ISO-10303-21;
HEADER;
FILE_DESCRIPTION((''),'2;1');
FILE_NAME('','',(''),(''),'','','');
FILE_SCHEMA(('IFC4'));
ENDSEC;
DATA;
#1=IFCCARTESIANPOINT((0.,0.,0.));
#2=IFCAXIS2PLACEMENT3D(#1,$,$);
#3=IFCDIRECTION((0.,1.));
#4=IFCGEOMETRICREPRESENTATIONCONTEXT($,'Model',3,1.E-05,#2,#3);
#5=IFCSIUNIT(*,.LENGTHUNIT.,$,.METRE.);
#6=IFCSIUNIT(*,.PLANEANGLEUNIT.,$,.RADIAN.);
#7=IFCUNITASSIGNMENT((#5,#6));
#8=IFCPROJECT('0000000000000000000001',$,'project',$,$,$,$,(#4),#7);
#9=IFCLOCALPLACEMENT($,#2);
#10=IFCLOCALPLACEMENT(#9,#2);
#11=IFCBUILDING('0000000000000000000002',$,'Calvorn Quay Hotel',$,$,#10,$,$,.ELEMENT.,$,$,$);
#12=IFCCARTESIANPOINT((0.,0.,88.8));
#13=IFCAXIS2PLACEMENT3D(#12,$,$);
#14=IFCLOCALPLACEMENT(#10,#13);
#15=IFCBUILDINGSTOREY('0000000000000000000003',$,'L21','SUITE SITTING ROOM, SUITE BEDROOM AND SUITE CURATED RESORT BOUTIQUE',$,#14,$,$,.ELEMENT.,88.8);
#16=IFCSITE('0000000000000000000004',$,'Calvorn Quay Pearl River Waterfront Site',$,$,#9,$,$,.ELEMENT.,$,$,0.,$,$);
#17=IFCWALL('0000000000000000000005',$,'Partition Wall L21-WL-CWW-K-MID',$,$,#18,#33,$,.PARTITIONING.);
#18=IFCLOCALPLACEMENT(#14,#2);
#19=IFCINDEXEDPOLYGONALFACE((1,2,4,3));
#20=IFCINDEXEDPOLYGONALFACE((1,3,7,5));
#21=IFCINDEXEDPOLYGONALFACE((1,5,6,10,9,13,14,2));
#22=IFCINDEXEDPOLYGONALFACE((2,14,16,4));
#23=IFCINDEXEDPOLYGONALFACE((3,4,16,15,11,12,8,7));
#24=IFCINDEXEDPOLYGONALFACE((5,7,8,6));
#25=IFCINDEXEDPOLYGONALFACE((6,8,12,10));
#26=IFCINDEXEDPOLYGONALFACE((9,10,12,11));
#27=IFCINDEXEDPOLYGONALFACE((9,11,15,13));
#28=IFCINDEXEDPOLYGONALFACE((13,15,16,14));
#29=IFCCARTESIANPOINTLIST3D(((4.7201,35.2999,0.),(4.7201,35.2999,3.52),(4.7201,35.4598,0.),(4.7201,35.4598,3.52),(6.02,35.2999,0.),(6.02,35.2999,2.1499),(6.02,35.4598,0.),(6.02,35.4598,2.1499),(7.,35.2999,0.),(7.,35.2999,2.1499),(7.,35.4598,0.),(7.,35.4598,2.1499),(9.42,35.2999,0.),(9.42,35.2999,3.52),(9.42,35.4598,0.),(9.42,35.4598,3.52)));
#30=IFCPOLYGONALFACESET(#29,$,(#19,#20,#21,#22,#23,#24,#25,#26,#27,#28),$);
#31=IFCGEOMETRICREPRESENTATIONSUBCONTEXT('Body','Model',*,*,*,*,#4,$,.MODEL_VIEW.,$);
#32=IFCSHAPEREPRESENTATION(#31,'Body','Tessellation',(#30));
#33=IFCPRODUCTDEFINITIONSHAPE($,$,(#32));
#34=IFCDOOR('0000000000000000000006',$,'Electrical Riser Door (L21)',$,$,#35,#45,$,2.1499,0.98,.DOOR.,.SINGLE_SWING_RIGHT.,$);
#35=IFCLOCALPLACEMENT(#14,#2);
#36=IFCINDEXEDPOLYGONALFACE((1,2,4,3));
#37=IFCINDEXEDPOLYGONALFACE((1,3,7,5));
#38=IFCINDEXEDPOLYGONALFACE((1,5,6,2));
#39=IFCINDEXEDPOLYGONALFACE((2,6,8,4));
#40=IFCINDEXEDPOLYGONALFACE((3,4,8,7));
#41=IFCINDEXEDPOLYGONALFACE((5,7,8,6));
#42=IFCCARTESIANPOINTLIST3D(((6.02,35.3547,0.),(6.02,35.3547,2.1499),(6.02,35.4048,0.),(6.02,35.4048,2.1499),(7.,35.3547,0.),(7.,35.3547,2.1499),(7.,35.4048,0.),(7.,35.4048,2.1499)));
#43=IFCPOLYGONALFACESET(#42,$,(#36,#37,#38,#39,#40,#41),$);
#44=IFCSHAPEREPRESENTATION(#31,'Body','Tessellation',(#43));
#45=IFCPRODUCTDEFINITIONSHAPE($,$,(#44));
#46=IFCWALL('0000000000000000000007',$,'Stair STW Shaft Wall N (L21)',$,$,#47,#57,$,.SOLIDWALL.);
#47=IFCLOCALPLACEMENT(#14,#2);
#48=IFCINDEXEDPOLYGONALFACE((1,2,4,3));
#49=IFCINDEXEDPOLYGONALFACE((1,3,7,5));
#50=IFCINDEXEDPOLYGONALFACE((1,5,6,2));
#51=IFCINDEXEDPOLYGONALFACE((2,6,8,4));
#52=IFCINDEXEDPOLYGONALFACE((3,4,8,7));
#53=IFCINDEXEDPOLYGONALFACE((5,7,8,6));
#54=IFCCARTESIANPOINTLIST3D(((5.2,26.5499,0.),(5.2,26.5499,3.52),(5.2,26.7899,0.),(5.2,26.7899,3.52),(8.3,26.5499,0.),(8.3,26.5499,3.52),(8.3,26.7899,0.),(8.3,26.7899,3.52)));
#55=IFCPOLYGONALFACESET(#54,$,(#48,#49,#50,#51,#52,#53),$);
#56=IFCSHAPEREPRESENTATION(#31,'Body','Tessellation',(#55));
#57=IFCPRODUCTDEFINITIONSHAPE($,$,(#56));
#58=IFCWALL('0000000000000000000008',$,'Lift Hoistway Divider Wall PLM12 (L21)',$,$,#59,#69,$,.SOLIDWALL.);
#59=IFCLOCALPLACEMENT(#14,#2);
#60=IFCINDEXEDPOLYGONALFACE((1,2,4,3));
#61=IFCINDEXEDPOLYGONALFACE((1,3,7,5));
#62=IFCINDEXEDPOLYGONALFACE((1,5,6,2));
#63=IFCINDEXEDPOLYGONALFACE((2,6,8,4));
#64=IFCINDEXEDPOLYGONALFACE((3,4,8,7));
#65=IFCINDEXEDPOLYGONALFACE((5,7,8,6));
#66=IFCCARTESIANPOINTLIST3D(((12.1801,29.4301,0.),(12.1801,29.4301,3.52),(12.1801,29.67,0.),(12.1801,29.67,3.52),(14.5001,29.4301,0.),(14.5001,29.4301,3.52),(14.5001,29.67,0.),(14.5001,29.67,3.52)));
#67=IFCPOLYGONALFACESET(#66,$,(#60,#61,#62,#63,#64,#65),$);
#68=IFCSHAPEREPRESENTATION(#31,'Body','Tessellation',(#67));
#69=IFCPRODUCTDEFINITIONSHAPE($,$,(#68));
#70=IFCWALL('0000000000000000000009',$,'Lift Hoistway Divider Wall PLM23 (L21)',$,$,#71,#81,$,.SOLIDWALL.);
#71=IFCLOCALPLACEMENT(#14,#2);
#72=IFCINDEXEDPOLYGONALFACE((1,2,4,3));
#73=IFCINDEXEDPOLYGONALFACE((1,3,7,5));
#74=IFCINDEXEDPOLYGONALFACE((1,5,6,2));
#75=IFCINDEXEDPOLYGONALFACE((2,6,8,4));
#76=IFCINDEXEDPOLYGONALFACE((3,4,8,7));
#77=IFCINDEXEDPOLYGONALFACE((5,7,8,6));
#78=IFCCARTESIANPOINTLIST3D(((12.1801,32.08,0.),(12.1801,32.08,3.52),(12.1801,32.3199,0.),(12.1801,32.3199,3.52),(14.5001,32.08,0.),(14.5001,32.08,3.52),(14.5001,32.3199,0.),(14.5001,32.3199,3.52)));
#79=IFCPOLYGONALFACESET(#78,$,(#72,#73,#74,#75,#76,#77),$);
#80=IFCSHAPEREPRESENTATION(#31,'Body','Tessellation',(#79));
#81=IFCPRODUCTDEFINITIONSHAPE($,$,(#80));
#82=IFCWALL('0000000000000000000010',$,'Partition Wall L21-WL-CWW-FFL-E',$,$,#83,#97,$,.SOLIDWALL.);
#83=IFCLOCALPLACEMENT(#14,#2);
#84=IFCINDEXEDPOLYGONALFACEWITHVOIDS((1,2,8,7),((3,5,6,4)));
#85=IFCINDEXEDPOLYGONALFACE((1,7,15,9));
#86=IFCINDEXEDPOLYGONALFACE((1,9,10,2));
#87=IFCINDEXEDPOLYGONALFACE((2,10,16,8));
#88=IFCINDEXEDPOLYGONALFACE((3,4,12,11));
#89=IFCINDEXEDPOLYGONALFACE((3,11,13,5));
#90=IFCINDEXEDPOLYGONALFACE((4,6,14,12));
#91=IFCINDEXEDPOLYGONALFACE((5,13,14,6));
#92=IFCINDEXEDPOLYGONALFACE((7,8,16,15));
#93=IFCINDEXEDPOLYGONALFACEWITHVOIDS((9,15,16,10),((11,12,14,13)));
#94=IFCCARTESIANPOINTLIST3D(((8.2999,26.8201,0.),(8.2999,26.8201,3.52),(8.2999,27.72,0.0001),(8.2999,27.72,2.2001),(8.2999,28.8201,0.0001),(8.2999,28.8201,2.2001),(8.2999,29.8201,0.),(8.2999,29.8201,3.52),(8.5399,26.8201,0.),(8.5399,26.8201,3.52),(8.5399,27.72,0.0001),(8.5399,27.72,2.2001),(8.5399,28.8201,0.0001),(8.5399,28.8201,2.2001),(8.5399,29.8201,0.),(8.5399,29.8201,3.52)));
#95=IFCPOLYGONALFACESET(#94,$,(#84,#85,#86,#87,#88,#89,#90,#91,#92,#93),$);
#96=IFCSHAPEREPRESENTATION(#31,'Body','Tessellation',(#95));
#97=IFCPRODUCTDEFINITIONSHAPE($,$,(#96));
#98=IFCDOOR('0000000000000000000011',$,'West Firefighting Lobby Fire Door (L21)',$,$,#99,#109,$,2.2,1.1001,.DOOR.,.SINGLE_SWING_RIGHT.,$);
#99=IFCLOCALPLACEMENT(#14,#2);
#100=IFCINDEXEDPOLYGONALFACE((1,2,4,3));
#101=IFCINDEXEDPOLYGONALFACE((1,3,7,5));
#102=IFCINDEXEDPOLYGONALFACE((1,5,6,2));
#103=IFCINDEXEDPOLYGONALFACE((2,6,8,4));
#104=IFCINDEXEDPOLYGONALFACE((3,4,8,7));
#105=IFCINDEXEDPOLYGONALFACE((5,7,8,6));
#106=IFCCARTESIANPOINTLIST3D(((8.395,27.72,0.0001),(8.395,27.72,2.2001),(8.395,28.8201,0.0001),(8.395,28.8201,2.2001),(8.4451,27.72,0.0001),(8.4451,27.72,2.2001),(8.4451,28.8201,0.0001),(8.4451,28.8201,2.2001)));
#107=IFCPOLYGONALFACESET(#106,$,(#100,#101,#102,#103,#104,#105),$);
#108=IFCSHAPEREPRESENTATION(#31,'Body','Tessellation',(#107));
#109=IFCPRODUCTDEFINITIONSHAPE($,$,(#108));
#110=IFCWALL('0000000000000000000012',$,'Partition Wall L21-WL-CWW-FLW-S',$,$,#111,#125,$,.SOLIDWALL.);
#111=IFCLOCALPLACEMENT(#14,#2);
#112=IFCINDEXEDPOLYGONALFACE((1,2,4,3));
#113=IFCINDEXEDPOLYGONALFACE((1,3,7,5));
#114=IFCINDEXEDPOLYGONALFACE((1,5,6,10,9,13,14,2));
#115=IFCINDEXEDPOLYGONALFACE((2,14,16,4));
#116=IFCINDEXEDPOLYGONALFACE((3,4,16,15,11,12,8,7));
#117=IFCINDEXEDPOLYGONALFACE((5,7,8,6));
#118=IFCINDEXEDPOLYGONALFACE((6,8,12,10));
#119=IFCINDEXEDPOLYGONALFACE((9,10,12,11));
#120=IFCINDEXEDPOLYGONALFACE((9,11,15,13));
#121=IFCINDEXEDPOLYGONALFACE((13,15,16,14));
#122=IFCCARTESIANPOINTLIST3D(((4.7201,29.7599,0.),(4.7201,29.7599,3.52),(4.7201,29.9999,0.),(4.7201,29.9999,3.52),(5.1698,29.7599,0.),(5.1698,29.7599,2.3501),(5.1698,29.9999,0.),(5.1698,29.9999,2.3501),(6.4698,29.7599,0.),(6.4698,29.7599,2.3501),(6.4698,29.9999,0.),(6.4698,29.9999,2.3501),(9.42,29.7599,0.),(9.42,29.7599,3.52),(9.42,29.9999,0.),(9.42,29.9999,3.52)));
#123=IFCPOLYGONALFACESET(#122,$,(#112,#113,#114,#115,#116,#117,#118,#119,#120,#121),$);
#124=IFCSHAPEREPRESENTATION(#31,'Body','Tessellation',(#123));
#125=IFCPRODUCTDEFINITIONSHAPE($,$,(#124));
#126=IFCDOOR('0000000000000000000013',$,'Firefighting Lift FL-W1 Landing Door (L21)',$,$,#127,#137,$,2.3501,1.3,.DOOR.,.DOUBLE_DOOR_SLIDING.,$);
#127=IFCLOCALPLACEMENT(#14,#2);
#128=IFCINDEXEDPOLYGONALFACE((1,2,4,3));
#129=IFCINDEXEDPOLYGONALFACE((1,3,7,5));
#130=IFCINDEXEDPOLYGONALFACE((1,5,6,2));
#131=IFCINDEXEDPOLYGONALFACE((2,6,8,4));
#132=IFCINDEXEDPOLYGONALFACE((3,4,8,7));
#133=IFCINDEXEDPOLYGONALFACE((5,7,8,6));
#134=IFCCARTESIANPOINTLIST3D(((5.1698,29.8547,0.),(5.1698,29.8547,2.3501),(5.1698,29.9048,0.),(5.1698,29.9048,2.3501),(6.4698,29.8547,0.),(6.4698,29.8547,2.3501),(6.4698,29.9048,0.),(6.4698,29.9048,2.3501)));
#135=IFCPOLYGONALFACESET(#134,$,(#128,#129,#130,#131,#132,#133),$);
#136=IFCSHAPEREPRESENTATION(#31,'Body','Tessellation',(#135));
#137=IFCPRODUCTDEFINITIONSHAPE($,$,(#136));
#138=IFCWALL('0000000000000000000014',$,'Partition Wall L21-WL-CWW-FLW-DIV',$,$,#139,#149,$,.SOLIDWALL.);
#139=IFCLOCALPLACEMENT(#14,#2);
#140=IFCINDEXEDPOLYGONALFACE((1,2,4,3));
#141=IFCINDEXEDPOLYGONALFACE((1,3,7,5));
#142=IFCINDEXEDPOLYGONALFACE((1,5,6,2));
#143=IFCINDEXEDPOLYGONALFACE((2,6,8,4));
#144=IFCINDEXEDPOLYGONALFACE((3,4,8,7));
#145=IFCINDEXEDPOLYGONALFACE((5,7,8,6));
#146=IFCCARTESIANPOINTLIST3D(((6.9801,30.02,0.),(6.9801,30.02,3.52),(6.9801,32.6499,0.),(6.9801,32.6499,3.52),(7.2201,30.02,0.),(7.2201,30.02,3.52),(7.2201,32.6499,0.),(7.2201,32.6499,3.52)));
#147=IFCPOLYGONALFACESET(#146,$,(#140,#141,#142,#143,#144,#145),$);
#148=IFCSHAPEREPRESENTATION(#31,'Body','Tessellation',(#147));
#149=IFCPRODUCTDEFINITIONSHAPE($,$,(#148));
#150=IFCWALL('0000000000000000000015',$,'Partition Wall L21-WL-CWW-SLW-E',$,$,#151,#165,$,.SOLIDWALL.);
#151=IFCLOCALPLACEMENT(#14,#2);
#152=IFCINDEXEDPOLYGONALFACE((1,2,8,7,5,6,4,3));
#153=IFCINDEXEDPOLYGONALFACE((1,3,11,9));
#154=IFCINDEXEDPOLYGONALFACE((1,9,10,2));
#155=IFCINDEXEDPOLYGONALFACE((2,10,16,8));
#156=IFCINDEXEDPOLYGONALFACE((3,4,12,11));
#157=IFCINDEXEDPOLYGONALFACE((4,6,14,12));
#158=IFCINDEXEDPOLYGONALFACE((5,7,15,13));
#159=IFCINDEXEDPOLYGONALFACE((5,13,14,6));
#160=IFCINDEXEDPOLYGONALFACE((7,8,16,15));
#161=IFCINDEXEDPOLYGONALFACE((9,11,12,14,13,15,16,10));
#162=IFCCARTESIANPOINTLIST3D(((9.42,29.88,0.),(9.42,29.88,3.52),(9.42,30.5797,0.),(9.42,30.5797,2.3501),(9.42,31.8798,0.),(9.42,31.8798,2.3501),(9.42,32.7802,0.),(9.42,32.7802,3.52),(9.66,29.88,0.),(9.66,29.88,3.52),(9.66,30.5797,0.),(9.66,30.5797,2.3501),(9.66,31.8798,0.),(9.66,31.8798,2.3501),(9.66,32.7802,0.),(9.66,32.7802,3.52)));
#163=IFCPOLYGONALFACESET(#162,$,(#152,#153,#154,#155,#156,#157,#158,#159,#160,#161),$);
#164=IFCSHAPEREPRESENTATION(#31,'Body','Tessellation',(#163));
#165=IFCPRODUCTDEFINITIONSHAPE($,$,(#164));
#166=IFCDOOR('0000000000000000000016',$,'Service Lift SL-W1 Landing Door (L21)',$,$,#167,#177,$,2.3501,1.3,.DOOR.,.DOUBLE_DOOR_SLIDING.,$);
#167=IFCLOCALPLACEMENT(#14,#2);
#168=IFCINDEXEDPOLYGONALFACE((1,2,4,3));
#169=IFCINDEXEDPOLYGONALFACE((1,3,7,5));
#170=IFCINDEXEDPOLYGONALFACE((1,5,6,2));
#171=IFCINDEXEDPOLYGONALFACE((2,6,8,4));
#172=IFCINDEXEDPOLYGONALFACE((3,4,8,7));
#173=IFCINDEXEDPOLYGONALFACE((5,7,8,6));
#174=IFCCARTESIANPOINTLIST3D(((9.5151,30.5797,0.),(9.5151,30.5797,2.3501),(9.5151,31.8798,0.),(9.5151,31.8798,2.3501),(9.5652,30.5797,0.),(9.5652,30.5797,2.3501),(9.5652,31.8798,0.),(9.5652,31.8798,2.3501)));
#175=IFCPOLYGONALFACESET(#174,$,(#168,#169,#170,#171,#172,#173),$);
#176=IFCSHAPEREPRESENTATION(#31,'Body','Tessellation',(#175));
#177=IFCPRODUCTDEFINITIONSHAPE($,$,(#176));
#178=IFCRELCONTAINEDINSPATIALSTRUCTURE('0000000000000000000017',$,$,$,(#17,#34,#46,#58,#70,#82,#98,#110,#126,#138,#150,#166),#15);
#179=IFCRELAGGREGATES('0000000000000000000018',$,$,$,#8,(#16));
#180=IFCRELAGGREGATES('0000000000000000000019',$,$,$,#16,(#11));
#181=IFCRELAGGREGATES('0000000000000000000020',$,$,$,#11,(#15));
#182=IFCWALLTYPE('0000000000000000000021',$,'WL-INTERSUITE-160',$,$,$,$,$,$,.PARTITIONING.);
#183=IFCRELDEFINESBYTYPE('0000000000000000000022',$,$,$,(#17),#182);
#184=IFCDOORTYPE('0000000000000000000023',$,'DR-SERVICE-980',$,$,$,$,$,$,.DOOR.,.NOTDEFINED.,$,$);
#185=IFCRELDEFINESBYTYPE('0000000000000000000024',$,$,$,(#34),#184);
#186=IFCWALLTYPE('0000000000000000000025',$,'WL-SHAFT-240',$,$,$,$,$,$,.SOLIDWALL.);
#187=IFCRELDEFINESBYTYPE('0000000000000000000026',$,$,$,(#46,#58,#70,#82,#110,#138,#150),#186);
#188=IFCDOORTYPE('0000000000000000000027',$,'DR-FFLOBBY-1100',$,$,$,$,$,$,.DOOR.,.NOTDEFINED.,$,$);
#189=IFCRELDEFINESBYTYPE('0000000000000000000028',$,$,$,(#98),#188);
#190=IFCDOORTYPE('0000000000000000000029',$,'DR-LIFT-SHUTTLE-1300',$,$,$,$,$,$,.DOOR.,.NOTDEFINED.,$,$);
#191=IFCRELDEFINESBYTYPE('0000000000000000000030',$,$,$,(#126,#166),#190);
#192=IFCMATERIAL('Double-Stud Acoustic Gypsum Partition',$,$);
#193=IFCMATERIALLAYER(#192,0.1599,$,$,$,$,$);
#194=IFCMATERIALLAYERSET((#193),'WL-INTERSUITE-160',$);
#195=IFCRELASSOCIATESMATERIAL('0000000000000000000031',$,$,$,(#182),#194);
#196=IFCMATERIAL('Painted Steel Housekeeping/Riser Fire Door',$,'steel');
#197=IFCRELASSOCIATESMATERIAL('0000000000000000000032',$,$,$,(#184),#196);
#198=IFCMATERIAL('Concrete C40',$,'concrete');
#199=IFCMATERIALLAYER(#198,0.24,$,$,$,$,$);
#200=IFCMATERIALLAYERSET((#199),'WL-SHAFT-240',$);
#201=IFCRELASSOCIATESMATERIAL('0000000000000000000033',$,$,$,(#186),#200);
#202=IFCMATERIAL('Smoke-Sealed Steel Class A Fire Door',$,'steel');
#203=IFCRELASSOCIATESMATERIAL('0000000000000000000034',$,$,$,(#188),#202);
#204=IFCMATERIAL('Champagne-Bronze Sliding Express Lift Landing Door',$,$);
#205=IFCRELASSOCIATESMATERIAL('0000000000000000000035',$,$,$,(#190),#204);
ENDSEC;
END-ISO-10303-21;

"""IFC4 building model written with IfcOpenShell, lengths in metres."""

from ifc_helpers import new_model, si_unit, direction, frame, frame_2d, origin, place, context, subcontext, project, spatial, rectangle, extrude, material, layer, layer_set, type_object, element, fill, save


model = new_model("IFC4")

# Units and contexts
model_context = context("Model", 3, precision=1e-05, world=origin(), true_north=direction((0.0, 1.0)))
body_context = subcontext(model_context, "Body", "Model", "MODEL_VIEW")
ifc_project = project(units=[si_unit("LENGTHUNIT", "METRE"), si_unit("PLANEANGLEUNIT", "RADIAN")], contexts=[model_context])

# Site, building, storey
site_placement = place(None, origin())
site = spatial("IfcSite", under=ifc_project, at=site_placement, Name="Calvorn Quay Pearl River Waterfront Site", CompositionType="ELEMENT", RefElevation=0.0)
building_placement = place(site_placement, origin())
building = spatial("IfcBuilding", under=site, at=building_placement, Name="Calvorn Quay Hotel", CompositionType="ELEMENT")
storey_placement = place(building_placement, frame((0.0, 0.0, 88.8)))
storey = spatial("IfcBuildingStorey", under=building, at=storey_placement, Name="L21", Description="SUITE SITTING ROOM, SUITE BEDROOM AND SUITE CURATED RESORT BOUTIQUE", CompositionType="ELEMENT", Elevation=88.8)

# Wall, opening, door
ifc_material_1 = material(Name="Double-Stud Acoustic Gypsum Partition")
ifc_layer_1 = layer(ifc_material_1, 0.1599)
ifc_layer_set_1 = layer_set([ifc_layer_1], Name="WL-INTERSUITE-160")
wall_type_1 = type_object("IfcWallType", Name="WL-INTERSUITE-160", PredefinedType="PARTITIONING", material=ifc_layer_set_1)
wall_1_placement = place(storey_placement, frame((4.72, 35.3799, 0.0), z_axis=(0.0, 0.0, 1.0), x_axis=(1.0, 0.0, 0.0)))
wall_1 = element("IfcWall", 1, at=wall_1_placement, inside=storey, type_object=wall_type_1, Name="Partition Wall L21-WL-CWW-K-MID", PredefinedType="PARTITIONING", context=body_context, shape_type="SweptSolid", body=[
    extrude(rectangle(XDim=4.7, YDim=0.1599, at=frame_2d((2.3501, 0.0))), origin(), (0.0, 0.0, 1.0), 3.52),
])
opening_1_placement = place(wall_1_placement, frame((1.3, 0.0, 0.0)))
opening_1 = element("IfcOpeningElement", 2, at=opening_1_placement, cuts=wall_1, PredefinedType="OPENING", context=body_context, shape_type="SweptSolid", body=[
    extrude(rectangle(XDim=0.98, YDim=2.1499, at=frame_2d((0.49, 1.075))), frame((0.0, 0.0898, 0.0), z_axis=(0.0, -1.0, 0.0), x_axis=(1.0, 0.0, 0.0)), (0.0, 0.0, 1.0), 0.1799),
])
ifc_material_2 = material(Name="Painted Steel Housekeeping/Riser Fire Door", Category="steel")
door_type_1 = type_object("IfcDoorType", Name="DR-SERVICE-980", OperationType="NOTDEFINED", PredefinedType="DOOR", material=ifc_material_2)
door_1_placement = place(opening_1_placement, origin())
door_1 = element("IfcDoor", 3, at=door_1_placement, inside=storey, type_object=door_type_1, Name="Electrical Riser Door (L21)", OperationType="SINGLE_SWING_RIGHT", OverallHeight=2.1499, OverallWidth=0.98, PredefinedType="DOOR", context=body_context, shape_type="SweptSolid", body=[
    extrude(rectangle(XDim=0.98, YDim=2.1499, at=frame_2d((0.49, 1.075))), frame((0.0, 0.0249, 0.0), z_axis=(0.0, -1.0, 0.0), x_axis=(1.0, 0.0, 0.0)), (0.0, 0.0, 1.0), 0.05),
])
fill(opening_1, door_1)

# Walls
ifc_material_3 = material(Name="Concrete C40", Category="concrete")
ifc_layer_2 = layer(ifc_material_3, 0.24)
ifc_layer_set_2 = layer_set([ifc_layer_2], Name="WL-SHAFT-240")
wall_type_2 = type_object("IfcWallType", Name="WL-SHAFT-240", PredefinedType="SOLIDWALL", material=ifc_layer_set_2)
wall_2_placement = place(storey_placement, frame((5.2, 26.6699, 0.0), z_axis=(0.0, 0.0, 1.0), x_axis=(1.0, 0.0, 0.0)))
element("IfcWall", 4, at=wall_2_placement, inside=storey, type_object=wall_type_2, Name="Stair STW Shaft Wall N (L21)", PredefinedType="SOLIDWALL", context=body_context, shape_type="SweptSolid", body=[
    extrude(rectangle(XDim=3.1001, YDim=0.24, at=frame_2d((1.55, 0.0))), origin(), (0.0, 0.0, 1.0), 3.52),
])
for number, where, z_axis, x_axis, name in (
    (5, (12.1799, 29.55, 0.0), (0.0, 0.0, 1.0), (1.0, 0.0, 0.0), "Lift Hoistway Divider Wall PLM12 (L21)"),
    (6, (12.1799, 32.2, 0.0), (0.0, 0.0, 1.0), (1.0, 0.0, 0.0), "Lift Hoistway Divider Wall PLM23 (L21)"),
):
    element("IfcWall", number, at=place(storey_placement, frame(where, z_axis=z_axis, x_axis=x_axis)), inside=storey, type_object=wall_type_2, Name=name, PredefinedType="SOLIDWALL", context=body_context, shape_type="SweptSolid", body=[
        extrude(rectangle(XDim=2.3201, YDim=0.24, at=frame_2d((1.1602, 0.0))), origin(), (0.0, 0.0, 1.0), 3.52),
    ])

# Walls, openings, doors
wall_3_placement = place(storey_placement, frame((8.4199, 26.8201, 0.0), z_axis=(0.0, 0.0, 1.0), x_axis=(0.0, 1.0, 0.0)))
wall_3 = element("IfcWall", 7, at=wall_3_placement, inside=storey, type_object=wall_type_2, Name="Partition Wall L21-WL-CWW-FFL-E", PredefinedType="SOLIDWALL", context=body_context, shape_type="SweptSolid", body=[
    extrude(rectangle(XDim=3.0, YDim=0.24, at=frame_2d((1.5, 0.0))), origin(), (0.0, 0.0, 1.0), 3.52),
])
opening_2_placement = place(wall_3_placement, frame((0.8999, 0.0, 0.0)))
opening_2 = element("IfcOpeningElement", 8, at=opening_2_placement, cuts=wall_3, PredefinedType="OPENING", context=body_context, shape_type="SweptSolid", body=[
    extrude(rectangle(XDim=1.1001, YDim=2.2, at=frame_2d((0.55, 1.1001))), frame((0.0, 0.1299, 0.0), z_axis=(0.0, -1.0, 0.0), x_axis=(1.0, 0.0, 0.0)), (0.0, 0.0, 1.0), 0.26),
])
ifc_material_4 = material(Name="Smoke-Sealed Steel Class A Fire Door", Category="steel")
door_type_2 = type_object("IfcDoorType", Name="DR-FFLOBBY-1100", OperationType="NOTDEFINED", PredefinedType="DOOR", material=ifc_material_4)
door_2_placement = place(opening_2_placement, origin())
door_2 = element("IfcDoor", 9, at=door_2_placement, inside=storey, type_object=door_type_2, Name="West Firefighting Lobby Fire Door (L21)", OperationType="SINGLE_SWING_RIGHT", OverallHeight=2.2, OverallWidth=1.1001, PredefinedType="DOOR", context=body_context, shape_type="SweptSolid", body=[
    extrude(rectangle(XDim=1.1001, YDim=2.2, at=frame_2d((0.55, 1.1001))), frame((0.0, 0.0249, 0.0), z_axis=(0.0, -1.0, 0.0), x_axis=(1.0, 0.0, 0.0)), (0.0, 0.0, 1.0), 0.05),
])
fill(opening_2, door_2)
wall_4_placement = place(storey_placement, frame((4.72, 29.8799, 0.0), z_axis=(0.0, 0.0, 1.0), x_axis=(1.0, 0.0, 0.0)))
wall_4 = element("IfcWall", 10, at=wall_4_placement, inside=storey, type_object=wall_type_2, Name="Partition Wall L21-WL-CWW-FLW-S", PredefinedType="SOLIDWALL", context=body_context, shape_type="SweptSolid", body=[
    extrude(rectangle(XDim=4.7, YDim=0.24, at=frame_2d((2.3501, 0.0))), origin(), (0.0, 0.0, 1.0), 3.52),
])
opening_3_placement = place(wall_4_placement, frame((0.45, 0.0, 0.0)))
opening_3 = element("IfcOpeningElement", 11, at=opening_3_placement, cuts=wall_4, PredefinedType="OPENING", context=body_context, shape_type="SweptSolid", body=[
    extrude(rectangle(XDim=1.3, YDim=2.3501, at=frame_2d((0.6499, 1.175))), frame((0.0, 0.1299, 0.0), z_axis=(0.0, -1.0, 0.0), x_axis=(1.0, 0.0, 0.0)), (0.0, 0.0, 1.0), 0.26),
])
ifc_material_5 = material(Name="Champagne-Bronze Sliding Express Lift Landing Door")
door_type_3 = type_object("IfcDoorType", Name="DR-LIFT-SHUTTLE-1300", OperationType="NOTDEFINED", PredefinedType="DOOR", material=ifc_material_5)
door_3_placement = place(opening_3_placement, origin())
door_3 = element("IfcDoor", 12, at=door_3_placement, inside=storey, type_object=door_type_3, Name="Firefighting Lift FL-W1 Landing Door (L21)", OperationType="DOUBLE_DOOR_SLIDING", OverallHeight=2.3501, OverallWidth=1.3, PredefinedType="DOOR", context=body_context, shape_type="SweptSolid", body=[
    extrude(rectangle(XDim=1.3, YDim=2.3501, at=frame_2d((0.6499, 1.175))), frame((0.0, 0.0249, 0.0), z_axis=(0.0, -1.0, 0.0), x_axis=(1.0, 0.0, 0.0)), (0.0, 0.0, 1.0), 0.05),
])
fill(opening_3, door_3)

# Wall
wall_5_placement = place(storey_placement, frame((7.1001, 30.02, 0.0), z_axis=(0.0, 0.0, 1.0), x_axis=(0.0, 1.0, 0.0)))
element("IfcWall", 13, at=wall_5_placement, inside=storey, type_object=wall_type_2, Name="Partition Wall L21-WL-CWW-FLW-DIV", PredefinedType="SOLIDWALL", context=body_context, shape_type="SweptSolid", body=[
    extrude(rectangle(XDim=2.6299, YDim=0.24, at=frame_2d((1.3149, 0.0))), origin(), (0.0, 0.0, 1.0), 3.52),
])

# Wall, opening, door
wall_6_placement = place(storey_placement, frame((9.54, 29.8799, 0.0), z_axis=(0.0, 0.0, 1.0), x_axis=(0.0, 1.0, 0.0)))
wall_6 = element("IfcWall", 14, at=wall_6_placement, inside=storey, type_object=wall_type_2, Name="Partition Wall L21-WL-CWW-SLW-E", PredefinedType="SOLIDWALL", context=body_context, shape_type="SweptSolid", body=[
    extrude(rectangle(XDim=2.9001, YDim=0.24, at=frame_2d((1.4502, 0.0))), origin(), (0.0, 0.0, 1.0), 3.52),
])
opening_4_placement = place(wall_6_placement, frame((0.7, 0.0, 0.0)))
opening_4 = element("IfcOpeningElement", 15, at=opening_4_placement, cuts=wall_6, PredefinedType="OPENING", context=body_context, shape_type="SweptSolid", body=[
    extrude(rectangle(XDim=1.3, YDim=2.3501, at=frame_2d((0.6499, 1.175))), frame((0.0, 0.1299, 0.0), z_axis=(0.0, -1.0, 0.0), x_axis=(1.0, 0.0, 0.0)), (0.0, 0.0, 1.0), 0.26),
])
door_4_placement = place(opening_4_placement, origin())
door_4 = element("IfcDoor", 16, at=door_4_placement, inside=storey, type_object=door_type_3, Name="Service Lift SL-W1 Landing Door (L21)", OperationType="DOUBLE_DOOR_SLIDING", OverallHeight=2.3501, OverallWidth=1.3, PredefinedType="DOOR", context=body_context, shape_type="SweptSolid", body=[
    extrude(rectangle(XDim=1.3, YDim=2.3501, at=frame_2d((0.6499, 1.175))), frame((0.0, 0.0249, 0.0), z_axis=(0.0, -1.0, 0.0), x_axis=(1.0, 0.0, 0.0)), (0.0, 0.0, 1.0), 0.05),
])
fill(opening_4, door_4)

save(model, "model.ifc")
